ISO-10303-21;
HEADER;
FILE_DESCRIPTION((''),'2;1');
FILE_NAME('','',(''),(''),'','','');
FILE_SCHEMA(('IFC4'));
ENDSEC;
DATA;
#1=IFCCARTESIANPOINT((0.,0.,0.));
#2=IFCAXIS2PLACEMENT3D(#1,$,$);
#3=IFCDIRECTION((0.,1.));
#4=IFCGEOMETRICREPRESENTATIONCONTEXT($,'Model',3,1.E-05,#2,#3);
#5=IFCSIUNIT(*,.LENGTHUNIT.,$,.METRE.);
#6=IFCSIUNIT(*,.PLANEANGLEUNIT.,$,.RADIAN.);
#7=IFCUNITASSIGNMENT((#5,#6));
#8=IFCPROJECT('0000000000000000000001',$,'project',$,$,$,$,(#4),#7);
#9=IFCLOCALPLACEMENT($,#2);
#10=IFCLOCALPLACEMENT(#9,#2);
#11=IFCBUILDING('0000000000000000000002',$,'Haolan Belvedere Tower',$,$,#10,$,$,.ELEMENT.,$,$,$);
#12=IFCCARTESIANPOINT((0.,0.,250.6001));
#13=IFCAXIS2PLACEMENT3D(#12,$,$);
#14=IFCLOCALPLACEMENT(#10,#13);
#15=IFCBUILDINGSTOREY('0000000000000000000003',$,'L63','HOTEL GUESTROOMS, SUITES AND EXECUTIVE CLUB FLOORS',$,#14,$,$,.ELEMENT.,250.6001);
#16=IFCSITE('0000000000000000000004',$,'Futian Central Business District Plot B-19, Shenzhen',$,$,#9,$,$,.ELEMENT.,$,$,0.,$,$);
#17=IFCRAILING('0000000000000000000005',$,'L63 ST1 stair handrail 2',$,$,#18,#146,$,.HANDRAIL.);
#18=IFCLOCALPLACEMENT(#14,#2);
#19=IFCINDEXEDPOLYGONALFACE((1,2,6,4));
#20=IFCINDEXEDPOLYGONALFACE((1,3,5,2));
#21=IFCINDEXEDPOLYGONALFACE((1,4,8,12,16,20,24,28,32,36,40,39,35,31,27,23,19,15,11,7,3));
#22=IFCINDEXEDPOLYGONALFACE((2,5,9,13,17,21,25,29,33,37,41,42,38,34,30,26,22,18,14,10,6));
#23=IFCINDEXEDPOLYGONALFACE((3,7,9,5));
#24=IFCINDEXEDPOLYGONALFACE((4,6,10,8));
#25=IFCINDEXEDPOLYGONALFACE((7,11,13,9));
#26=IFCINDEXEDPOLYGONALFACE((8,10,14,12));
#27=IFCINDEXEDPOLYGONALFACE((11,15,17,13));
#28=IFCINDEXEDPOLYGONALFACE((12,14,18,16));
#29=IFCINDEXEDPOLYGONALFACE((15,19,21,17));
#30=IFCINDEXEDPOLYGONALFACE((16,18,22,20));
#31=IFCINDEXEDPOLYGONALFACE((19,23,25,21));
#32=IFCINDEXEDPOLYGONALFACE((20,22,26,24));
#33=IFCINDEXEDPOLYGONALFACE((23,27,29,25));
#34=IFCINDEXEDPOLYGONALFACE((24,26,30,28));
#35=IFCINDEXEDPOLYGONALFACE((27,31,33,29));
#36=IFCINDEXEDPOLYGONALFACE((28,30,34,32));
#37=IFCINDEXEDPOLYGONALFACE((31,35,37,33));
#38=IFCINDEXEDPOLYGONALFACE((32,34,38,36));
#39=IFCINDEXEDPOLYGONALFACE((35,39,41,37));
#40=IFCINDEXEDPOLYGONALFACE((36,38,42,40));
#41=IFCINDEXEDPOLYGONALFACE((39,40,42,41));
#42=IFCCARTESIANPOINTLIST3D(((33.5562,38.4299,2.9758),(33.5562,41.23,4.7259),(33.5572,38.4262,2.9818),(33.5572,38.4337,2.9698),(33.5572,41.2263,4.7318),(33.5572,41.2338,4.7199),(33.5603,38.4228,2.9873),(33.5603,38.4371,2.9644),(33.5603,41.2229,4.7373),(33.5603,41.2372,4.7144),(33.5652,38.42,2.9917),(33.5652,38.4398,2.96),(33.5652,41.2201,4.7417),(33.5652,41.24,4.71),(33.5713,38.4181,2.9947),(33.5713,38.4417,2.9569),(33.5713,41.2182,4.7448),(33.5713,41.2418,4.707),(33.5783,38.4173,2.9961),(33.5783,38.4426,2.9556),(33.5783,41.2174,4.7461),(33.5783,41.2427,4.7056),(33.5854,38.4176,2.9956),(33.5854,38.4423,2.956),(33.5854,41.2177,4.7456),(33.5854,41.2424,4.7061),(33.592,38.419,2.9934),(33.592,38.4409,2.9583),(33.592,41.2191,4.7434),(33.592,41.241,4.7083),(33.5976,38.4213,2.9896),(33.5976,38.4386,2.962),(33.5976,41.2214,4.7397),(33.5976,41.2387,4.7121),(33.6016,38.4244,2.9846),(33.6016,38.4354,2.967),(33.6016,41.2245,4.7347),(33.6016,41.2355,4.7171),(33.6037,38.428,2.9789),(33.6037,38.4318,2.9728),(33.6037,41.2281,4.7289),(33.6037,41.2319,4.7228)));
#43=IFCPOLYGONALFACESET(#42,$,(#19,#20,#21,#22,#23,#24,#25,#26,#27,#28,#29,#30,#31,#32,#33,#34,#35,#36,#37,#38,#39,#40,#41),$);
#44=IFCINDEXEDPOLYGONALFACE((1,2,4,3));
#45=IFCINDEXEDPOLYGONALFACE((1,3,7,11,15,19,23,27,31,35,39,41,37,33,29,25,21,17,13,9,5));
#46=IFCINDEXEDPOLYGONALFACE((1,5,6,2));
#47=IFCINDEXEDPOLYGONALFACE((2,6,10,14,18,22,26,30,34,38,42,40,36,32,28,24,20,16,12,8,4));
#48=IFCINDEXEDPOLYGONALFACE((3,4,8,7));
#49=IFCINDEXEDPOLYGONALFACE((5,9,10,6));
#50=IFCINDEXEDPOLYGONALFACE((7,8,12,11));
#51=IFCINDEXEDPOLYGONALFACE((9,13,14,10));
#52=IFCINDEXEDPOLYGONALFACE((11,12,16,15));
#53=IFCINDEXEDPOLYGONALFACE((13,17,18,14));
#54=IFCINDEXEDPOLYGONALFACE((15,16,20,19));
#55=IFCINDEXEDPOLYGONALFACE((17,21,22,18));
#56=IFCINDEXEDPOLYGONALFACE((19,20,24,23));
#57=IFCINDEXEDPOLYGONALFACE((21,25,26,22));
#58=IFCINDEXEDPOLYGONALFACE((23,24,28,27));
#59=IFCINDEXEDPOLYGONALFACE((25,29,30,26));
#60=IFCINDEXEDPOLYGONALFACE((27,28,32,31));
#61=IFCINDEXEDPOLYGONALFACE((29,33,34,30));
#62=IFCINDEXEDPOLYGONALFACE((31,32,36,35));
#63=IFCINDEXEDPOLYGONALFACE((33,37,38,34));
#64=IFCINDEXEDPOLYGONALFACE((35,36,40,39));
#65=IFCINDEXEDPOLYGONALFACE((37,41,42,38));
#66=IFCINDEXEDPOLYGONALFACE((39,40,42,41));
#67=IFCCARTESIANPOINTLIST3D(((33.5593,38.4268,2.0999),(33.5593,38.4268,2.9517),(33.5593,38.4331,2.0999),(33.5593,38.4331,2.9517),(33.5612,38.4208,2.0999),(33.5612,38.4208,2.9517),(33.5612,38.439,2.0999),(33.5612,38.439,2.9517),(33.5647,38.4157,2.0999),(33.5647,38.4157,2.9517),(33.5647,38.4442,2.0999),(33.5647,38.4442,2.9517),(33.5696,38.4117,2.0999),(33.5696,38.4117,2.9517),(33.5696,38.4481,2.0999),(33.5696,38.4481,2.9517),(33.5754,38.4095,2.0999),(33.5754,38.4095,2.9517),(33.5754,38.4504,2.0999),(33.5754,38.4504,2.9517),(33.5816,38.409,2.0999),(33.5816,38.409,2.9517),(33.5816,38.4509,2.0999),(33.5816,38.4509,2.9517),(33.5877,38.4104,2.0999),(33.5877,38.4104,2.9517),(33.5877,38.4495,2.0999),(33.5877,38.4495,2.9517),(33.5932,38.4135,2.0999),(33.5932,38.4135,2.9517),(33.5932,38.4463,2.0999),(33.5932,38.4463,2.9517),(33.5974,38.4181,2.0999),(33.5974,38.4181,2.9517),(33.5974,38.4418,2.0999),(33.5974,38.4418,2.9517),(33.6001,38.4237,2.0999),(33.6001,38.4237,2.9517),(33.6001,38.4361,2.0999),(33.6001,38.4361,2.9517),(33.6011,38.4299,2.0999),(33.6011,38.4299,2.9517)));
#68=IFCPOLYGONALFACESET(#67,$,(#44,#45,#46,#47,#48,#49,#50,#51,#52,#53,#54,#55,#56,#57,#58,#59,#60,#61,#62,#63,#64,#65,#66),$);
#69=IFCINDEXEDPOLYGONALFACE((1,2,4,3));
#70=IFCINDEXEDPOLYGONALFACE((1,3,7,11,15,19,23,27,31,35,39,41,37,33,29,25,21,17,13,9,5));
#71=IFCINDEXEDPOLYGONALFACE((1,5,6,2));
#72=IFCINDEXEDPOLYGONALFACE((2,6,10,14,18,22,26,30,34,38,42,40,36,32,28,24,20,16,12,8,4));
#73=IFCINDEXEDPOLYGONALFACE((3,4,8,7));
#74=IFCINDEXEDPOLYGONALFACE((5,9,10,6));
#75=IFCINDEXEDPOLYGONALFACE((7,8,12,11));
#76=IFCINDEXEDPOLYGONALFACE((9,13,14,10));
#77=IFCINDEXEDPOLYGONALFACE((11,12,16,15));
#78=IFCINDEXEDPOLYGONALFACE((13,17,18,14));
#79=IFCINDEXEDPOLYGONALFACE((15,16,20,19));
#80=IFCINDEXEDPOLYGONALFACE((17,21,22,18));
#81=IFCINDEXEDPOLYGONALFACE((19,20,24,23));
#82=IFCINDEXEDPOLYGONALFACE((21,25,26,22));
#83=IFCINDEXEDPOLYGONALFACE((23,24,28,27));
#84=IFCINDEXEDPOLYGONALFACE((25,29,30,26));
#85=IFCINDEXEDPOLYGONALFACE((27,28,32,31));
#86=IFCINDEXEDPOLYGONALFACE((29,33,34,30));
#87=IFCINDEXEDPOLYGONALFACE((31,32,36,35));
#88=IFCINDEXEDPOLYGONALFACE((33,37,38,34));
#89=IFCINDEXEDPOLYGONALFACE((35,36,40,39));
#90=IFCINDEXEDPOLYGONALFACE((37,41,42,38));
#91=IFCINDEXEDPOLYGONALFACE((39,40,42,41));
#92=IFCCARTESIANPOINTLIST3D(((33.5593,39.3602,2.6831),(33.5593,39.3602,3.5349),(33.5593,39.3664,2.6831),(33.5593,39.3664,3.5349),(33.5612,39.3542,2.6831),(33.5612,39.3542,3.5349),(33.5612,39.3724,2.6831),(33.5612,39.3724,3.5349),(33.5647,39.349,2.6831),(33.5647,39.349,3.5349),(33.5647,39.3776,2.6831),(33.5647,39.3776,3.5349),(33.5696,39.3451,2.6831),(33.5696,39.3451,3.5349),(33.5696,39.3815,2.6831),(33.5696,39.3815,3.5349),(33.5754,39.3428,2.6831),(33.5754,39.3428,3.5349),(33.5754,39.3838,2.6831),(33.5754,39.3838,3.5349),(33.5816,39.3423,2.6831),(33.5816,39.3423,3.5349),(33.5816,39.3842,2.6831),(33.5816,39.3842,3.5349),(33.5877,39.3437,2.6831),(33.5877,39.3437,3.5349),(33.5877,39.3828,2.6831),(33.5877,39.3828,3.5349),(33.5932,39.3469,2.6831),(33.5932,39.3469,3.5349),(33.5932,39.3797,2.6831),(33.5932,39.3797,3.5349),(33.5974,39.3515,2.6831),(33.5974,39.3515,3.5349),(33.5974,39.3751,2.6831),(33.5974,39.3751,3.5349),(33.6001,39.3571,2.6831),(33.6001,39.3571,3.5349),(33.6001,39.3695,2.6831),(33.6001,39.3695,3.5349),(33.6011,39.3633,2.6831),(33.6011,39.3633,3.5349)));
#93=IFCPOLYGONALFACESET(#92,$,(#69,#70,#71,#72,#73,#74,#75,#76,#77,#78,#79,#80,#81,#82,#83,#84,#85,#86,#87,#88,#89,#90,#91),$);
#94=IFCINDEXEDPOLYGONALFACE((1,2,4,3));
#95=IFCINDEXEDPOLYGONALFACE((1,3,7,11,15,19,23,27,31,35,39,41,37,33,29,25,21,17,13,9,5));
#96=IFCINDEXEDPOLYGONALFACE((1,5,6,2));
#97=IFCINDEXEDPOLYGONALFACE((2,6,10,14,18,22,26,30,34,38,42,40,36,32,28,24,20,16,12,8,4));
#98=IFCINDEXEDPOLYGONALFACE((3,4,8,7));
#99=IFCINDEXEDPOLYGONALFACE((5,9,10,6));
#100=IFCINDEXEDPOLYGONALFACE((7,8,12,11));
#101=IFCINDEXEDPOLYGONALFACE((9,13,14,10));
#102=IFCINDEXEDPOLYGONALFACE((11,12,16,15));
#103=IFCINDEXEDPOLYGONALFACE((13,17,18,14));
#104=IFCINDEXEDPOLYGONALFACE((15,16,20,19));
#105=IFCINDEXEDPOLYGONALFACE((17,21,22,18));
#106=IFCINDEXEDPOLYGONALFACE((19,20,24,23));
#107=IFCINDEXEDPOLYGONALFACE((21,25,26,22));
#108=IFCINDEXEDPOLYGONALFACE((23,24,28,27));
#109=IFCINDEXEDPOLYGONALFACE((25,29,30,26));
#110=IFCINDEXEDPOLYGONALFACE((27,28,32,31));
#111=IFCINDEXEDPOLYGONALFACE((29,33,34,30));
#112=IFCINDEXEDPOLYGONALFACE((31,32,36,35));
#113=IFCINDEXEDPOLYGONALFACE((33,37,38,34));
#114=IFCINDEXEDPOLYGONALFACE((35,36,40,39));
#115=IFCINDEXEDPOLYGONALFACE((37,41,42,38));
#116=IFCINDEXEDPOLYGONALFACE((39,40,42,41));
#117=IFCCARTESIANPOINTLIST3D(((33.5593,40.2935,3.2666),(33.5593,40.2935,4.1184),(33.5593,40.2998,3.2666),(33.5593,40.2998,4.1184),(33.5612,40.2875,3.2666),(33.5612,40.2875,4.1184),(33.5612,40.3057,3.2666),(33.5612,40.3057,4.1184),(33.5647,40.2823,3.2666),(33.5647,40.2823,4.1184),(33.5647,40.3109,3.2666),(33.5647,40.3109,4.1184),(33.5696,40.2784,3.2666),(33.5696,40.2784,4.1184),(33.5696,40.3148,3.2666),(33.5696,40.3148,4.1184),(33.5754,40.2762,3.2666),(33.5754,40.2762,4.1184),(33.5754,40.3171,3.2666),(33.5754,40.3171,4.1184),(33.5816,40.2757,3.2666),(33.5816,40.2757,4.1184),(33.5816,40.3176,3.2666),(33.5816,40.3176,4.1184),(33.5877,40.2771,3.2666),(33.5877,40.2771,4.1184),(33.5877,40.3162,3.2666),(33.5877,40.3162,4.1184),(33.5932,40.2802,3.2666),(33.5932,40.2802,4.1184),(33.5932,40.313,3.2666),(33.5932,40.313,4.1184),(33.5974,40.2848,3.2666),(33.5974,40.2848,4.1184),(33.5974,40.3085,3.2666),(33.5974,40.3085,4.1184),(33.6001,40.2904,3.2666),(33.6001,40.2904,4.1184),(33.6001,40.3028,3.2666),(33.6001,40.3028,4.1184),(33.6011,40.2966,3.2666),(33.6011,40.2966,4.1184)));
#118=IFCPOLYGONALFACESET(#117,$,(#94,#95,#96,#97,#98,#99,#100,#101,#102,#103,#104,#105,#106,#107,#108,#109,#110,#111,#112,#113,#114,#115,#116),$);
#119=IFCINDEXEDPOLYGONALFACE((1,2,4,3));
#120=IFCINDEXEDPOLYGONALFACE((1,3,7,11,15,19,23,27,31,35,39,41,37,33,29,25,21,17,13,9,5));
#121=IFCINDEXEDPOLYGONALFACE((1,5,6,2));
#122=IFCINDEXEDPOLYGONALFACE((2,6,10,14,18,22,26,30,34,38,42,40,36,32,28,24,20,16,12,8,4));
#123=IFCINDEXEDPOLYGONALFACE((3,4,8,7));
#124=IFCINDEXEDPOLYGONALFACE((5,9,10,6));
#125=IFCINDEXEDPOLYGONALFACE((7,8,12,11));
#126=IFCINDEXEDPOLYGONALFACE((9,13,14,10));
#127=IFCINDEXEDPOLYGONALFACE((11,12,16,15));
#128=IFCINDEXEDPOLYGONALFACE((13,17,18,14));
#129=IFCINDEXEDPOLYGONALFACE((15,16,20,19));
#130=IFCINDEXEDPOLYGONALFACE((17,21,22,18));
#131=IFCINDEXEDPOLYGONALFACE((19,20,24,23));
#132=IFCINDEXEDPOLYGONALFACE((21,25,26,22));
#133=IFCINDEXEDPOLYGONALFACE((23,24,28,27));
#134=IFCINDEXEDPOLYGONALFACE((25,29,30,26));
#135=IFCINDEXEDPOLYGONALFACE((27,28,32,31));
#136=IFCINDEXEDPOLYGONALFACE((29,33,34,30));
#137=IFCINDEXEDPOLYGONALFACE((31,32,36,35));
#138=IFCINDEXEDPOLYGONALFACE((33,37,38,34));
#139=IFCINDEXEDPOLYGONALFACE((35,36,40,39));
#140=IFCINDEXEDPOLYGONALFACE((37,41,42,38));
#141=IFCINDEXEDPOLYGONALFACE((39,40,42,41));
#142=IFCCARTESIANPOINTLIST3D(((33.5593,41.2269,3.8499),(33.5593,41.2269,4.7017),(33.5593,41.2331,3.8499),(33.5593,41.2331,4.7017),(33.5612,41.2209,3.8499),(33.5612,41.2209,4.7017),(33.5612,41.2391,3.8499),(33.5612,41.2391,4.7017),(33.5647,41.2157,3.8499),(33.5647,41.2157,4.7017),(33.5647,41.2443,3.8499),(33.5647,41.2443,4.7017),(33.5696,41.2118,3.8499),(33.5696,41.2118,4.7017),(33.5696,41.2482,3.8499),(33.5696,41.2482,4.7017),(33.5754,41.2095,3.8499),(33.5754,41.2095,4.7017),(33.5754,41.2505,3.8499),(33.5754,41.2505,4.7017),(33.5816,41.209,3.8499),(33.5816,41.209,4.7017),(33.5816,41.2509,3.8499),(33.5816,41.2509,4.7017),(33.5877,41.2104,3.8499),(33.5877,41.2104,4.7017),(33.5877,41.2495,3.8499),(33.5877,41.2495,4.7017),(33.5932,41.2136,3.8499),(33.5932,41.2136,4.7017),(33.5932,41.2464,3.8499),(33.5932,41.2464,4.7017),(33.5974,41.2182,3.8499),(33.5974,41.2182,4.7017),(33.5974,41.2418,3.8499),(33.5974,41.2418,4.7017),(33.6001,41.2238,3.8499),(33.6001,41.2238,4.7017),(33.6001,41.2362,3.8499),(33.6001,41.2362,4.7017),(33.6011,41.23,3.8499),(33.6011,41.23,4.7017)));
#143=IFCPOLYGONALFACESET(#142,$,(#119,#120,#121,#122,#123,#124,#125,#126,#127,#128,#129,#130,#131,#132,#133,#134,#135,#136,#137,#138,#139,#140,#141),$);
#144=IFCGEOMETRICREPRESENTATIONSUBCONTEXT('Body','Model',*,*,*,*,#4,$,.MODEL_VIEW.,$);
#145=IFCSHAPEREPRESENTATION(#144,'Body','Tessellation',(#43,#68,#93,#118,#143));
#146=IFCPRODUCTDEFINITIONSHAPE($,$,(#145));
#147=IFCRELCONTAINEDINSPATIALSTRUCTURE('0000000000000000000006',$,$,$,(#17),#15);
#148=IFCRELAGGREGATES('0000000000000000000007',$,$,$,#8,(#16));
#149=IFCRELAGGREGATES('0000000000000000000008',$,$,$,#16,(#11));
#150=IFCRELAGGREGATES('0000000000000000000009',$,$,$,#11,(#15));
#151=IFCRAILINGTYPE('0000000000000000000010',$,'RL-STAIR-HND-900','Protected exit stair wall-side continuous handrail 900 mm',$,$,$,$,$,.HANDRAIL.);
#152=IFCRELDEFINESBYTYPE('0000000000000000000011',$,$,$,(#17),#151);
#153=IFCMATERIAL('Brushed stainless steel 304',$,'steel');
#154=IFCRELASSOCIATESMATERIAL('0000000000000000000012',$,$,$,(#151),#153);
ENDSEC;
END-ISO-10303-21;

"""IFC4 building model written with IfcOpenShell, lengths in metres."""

from ifc_helpers import new_model, si_unit, direction, frame, origin, origin_2d, place, context, subcontext, project, spatial, circle, extrude, material, type_object, element, save


model = new_model("IFC4")

# Units and contexts
model_context = context("Model", 3, precision=1e-05, world=origin(), true_north=direction((0.0, 1.0)))
body_context = subcontext(model_context, "Body", "Model", "MODEL_VIEW")
ifc_project = project(units=[si_unit("LENGTHUNIT", "METRE"), si_unit("PLANEANGLEUNIT", "RADIAN")], contexts=[model_context])

# Site, building, storey
site_placement = place(None, origin())
site = spatial("IfcSite", under=ifc_project, at=site_placement, Name="Futian Central Business District Plot B-19, Shenzhen", CompositionType="ELEMENT", RefElevation=0.0)
building_placement = place(site_placement, origin())
building = spatial("IfcBuilding", under=site, at=building_placement, Name="Haolan Belvedere Tower", CompositionType="ELEMENT")
storey_placement = place(building_placement, frame((0.0, 0.0, 250.6001)))
storey = spatial("IfcBuildingStorey", under=building, at=storey_placement, Name="L63", Description="HOTEL GUESTROOMS, SUITES AND EXECUTIVE CLUB FLOORS", CompositionType="ELEMENT", Elevation=250.6001)

# Railing
ifc_material_1 = material(Name="Brushed stainless steel 304", Category="steel")
railing_type_1 = type_object("IfcRailingType", Name="RL-STAIR-HND-900", Description="Protected exit stair wall-side continuous handrail 900 mm", PredefinedType="HANDRAIL", material=ifc_material_1)
railing_1_placement = place(storey_placement, frame((33.5801, 38.4299, 2.0999)))
element("IfcRailing", 1, at=railing_1_placement, inside=storey, type_object=railing_type_1, Name="L63 ST1 stair handrail 2", PredefinedType="HANDRAIL", context=body_context, shape_type="SweptSolid", body=[
    extrude(circle(Radius=0.0239, at=origin_2d()), frame((0.0, 0.0, 0.876), z_axis=(0.0, 0.848002, 0.529992), x_axis=(-1.0, 0.0, 0.0)), (0.0, 0.0, 1.0), 3.302),
    extrude(circle(Radius=0.021, at=origin_2d()), origin(), (0.0, 0.0, 1.0), 0.8518),
    extrude(circle(Radius=0.021, at=origin_2d()), frame((0.0, 0.9333, 0.5833)), (0.0, 0.0, 1.0), 0.8518),
    extrude(circle(Radius=0.021, at=origin_2d()), frame((0.0, 1.8667, 1.1667)), (0.0, 0.0, 1.0), 0.8518),
    extrude(circle(Radius=0.021, at=origin_2d()), frame((0.0, 2.8, 1.75)), (0.0, 0.0, 1.0), 0.8518),
])

save(model, "model.ifc")
